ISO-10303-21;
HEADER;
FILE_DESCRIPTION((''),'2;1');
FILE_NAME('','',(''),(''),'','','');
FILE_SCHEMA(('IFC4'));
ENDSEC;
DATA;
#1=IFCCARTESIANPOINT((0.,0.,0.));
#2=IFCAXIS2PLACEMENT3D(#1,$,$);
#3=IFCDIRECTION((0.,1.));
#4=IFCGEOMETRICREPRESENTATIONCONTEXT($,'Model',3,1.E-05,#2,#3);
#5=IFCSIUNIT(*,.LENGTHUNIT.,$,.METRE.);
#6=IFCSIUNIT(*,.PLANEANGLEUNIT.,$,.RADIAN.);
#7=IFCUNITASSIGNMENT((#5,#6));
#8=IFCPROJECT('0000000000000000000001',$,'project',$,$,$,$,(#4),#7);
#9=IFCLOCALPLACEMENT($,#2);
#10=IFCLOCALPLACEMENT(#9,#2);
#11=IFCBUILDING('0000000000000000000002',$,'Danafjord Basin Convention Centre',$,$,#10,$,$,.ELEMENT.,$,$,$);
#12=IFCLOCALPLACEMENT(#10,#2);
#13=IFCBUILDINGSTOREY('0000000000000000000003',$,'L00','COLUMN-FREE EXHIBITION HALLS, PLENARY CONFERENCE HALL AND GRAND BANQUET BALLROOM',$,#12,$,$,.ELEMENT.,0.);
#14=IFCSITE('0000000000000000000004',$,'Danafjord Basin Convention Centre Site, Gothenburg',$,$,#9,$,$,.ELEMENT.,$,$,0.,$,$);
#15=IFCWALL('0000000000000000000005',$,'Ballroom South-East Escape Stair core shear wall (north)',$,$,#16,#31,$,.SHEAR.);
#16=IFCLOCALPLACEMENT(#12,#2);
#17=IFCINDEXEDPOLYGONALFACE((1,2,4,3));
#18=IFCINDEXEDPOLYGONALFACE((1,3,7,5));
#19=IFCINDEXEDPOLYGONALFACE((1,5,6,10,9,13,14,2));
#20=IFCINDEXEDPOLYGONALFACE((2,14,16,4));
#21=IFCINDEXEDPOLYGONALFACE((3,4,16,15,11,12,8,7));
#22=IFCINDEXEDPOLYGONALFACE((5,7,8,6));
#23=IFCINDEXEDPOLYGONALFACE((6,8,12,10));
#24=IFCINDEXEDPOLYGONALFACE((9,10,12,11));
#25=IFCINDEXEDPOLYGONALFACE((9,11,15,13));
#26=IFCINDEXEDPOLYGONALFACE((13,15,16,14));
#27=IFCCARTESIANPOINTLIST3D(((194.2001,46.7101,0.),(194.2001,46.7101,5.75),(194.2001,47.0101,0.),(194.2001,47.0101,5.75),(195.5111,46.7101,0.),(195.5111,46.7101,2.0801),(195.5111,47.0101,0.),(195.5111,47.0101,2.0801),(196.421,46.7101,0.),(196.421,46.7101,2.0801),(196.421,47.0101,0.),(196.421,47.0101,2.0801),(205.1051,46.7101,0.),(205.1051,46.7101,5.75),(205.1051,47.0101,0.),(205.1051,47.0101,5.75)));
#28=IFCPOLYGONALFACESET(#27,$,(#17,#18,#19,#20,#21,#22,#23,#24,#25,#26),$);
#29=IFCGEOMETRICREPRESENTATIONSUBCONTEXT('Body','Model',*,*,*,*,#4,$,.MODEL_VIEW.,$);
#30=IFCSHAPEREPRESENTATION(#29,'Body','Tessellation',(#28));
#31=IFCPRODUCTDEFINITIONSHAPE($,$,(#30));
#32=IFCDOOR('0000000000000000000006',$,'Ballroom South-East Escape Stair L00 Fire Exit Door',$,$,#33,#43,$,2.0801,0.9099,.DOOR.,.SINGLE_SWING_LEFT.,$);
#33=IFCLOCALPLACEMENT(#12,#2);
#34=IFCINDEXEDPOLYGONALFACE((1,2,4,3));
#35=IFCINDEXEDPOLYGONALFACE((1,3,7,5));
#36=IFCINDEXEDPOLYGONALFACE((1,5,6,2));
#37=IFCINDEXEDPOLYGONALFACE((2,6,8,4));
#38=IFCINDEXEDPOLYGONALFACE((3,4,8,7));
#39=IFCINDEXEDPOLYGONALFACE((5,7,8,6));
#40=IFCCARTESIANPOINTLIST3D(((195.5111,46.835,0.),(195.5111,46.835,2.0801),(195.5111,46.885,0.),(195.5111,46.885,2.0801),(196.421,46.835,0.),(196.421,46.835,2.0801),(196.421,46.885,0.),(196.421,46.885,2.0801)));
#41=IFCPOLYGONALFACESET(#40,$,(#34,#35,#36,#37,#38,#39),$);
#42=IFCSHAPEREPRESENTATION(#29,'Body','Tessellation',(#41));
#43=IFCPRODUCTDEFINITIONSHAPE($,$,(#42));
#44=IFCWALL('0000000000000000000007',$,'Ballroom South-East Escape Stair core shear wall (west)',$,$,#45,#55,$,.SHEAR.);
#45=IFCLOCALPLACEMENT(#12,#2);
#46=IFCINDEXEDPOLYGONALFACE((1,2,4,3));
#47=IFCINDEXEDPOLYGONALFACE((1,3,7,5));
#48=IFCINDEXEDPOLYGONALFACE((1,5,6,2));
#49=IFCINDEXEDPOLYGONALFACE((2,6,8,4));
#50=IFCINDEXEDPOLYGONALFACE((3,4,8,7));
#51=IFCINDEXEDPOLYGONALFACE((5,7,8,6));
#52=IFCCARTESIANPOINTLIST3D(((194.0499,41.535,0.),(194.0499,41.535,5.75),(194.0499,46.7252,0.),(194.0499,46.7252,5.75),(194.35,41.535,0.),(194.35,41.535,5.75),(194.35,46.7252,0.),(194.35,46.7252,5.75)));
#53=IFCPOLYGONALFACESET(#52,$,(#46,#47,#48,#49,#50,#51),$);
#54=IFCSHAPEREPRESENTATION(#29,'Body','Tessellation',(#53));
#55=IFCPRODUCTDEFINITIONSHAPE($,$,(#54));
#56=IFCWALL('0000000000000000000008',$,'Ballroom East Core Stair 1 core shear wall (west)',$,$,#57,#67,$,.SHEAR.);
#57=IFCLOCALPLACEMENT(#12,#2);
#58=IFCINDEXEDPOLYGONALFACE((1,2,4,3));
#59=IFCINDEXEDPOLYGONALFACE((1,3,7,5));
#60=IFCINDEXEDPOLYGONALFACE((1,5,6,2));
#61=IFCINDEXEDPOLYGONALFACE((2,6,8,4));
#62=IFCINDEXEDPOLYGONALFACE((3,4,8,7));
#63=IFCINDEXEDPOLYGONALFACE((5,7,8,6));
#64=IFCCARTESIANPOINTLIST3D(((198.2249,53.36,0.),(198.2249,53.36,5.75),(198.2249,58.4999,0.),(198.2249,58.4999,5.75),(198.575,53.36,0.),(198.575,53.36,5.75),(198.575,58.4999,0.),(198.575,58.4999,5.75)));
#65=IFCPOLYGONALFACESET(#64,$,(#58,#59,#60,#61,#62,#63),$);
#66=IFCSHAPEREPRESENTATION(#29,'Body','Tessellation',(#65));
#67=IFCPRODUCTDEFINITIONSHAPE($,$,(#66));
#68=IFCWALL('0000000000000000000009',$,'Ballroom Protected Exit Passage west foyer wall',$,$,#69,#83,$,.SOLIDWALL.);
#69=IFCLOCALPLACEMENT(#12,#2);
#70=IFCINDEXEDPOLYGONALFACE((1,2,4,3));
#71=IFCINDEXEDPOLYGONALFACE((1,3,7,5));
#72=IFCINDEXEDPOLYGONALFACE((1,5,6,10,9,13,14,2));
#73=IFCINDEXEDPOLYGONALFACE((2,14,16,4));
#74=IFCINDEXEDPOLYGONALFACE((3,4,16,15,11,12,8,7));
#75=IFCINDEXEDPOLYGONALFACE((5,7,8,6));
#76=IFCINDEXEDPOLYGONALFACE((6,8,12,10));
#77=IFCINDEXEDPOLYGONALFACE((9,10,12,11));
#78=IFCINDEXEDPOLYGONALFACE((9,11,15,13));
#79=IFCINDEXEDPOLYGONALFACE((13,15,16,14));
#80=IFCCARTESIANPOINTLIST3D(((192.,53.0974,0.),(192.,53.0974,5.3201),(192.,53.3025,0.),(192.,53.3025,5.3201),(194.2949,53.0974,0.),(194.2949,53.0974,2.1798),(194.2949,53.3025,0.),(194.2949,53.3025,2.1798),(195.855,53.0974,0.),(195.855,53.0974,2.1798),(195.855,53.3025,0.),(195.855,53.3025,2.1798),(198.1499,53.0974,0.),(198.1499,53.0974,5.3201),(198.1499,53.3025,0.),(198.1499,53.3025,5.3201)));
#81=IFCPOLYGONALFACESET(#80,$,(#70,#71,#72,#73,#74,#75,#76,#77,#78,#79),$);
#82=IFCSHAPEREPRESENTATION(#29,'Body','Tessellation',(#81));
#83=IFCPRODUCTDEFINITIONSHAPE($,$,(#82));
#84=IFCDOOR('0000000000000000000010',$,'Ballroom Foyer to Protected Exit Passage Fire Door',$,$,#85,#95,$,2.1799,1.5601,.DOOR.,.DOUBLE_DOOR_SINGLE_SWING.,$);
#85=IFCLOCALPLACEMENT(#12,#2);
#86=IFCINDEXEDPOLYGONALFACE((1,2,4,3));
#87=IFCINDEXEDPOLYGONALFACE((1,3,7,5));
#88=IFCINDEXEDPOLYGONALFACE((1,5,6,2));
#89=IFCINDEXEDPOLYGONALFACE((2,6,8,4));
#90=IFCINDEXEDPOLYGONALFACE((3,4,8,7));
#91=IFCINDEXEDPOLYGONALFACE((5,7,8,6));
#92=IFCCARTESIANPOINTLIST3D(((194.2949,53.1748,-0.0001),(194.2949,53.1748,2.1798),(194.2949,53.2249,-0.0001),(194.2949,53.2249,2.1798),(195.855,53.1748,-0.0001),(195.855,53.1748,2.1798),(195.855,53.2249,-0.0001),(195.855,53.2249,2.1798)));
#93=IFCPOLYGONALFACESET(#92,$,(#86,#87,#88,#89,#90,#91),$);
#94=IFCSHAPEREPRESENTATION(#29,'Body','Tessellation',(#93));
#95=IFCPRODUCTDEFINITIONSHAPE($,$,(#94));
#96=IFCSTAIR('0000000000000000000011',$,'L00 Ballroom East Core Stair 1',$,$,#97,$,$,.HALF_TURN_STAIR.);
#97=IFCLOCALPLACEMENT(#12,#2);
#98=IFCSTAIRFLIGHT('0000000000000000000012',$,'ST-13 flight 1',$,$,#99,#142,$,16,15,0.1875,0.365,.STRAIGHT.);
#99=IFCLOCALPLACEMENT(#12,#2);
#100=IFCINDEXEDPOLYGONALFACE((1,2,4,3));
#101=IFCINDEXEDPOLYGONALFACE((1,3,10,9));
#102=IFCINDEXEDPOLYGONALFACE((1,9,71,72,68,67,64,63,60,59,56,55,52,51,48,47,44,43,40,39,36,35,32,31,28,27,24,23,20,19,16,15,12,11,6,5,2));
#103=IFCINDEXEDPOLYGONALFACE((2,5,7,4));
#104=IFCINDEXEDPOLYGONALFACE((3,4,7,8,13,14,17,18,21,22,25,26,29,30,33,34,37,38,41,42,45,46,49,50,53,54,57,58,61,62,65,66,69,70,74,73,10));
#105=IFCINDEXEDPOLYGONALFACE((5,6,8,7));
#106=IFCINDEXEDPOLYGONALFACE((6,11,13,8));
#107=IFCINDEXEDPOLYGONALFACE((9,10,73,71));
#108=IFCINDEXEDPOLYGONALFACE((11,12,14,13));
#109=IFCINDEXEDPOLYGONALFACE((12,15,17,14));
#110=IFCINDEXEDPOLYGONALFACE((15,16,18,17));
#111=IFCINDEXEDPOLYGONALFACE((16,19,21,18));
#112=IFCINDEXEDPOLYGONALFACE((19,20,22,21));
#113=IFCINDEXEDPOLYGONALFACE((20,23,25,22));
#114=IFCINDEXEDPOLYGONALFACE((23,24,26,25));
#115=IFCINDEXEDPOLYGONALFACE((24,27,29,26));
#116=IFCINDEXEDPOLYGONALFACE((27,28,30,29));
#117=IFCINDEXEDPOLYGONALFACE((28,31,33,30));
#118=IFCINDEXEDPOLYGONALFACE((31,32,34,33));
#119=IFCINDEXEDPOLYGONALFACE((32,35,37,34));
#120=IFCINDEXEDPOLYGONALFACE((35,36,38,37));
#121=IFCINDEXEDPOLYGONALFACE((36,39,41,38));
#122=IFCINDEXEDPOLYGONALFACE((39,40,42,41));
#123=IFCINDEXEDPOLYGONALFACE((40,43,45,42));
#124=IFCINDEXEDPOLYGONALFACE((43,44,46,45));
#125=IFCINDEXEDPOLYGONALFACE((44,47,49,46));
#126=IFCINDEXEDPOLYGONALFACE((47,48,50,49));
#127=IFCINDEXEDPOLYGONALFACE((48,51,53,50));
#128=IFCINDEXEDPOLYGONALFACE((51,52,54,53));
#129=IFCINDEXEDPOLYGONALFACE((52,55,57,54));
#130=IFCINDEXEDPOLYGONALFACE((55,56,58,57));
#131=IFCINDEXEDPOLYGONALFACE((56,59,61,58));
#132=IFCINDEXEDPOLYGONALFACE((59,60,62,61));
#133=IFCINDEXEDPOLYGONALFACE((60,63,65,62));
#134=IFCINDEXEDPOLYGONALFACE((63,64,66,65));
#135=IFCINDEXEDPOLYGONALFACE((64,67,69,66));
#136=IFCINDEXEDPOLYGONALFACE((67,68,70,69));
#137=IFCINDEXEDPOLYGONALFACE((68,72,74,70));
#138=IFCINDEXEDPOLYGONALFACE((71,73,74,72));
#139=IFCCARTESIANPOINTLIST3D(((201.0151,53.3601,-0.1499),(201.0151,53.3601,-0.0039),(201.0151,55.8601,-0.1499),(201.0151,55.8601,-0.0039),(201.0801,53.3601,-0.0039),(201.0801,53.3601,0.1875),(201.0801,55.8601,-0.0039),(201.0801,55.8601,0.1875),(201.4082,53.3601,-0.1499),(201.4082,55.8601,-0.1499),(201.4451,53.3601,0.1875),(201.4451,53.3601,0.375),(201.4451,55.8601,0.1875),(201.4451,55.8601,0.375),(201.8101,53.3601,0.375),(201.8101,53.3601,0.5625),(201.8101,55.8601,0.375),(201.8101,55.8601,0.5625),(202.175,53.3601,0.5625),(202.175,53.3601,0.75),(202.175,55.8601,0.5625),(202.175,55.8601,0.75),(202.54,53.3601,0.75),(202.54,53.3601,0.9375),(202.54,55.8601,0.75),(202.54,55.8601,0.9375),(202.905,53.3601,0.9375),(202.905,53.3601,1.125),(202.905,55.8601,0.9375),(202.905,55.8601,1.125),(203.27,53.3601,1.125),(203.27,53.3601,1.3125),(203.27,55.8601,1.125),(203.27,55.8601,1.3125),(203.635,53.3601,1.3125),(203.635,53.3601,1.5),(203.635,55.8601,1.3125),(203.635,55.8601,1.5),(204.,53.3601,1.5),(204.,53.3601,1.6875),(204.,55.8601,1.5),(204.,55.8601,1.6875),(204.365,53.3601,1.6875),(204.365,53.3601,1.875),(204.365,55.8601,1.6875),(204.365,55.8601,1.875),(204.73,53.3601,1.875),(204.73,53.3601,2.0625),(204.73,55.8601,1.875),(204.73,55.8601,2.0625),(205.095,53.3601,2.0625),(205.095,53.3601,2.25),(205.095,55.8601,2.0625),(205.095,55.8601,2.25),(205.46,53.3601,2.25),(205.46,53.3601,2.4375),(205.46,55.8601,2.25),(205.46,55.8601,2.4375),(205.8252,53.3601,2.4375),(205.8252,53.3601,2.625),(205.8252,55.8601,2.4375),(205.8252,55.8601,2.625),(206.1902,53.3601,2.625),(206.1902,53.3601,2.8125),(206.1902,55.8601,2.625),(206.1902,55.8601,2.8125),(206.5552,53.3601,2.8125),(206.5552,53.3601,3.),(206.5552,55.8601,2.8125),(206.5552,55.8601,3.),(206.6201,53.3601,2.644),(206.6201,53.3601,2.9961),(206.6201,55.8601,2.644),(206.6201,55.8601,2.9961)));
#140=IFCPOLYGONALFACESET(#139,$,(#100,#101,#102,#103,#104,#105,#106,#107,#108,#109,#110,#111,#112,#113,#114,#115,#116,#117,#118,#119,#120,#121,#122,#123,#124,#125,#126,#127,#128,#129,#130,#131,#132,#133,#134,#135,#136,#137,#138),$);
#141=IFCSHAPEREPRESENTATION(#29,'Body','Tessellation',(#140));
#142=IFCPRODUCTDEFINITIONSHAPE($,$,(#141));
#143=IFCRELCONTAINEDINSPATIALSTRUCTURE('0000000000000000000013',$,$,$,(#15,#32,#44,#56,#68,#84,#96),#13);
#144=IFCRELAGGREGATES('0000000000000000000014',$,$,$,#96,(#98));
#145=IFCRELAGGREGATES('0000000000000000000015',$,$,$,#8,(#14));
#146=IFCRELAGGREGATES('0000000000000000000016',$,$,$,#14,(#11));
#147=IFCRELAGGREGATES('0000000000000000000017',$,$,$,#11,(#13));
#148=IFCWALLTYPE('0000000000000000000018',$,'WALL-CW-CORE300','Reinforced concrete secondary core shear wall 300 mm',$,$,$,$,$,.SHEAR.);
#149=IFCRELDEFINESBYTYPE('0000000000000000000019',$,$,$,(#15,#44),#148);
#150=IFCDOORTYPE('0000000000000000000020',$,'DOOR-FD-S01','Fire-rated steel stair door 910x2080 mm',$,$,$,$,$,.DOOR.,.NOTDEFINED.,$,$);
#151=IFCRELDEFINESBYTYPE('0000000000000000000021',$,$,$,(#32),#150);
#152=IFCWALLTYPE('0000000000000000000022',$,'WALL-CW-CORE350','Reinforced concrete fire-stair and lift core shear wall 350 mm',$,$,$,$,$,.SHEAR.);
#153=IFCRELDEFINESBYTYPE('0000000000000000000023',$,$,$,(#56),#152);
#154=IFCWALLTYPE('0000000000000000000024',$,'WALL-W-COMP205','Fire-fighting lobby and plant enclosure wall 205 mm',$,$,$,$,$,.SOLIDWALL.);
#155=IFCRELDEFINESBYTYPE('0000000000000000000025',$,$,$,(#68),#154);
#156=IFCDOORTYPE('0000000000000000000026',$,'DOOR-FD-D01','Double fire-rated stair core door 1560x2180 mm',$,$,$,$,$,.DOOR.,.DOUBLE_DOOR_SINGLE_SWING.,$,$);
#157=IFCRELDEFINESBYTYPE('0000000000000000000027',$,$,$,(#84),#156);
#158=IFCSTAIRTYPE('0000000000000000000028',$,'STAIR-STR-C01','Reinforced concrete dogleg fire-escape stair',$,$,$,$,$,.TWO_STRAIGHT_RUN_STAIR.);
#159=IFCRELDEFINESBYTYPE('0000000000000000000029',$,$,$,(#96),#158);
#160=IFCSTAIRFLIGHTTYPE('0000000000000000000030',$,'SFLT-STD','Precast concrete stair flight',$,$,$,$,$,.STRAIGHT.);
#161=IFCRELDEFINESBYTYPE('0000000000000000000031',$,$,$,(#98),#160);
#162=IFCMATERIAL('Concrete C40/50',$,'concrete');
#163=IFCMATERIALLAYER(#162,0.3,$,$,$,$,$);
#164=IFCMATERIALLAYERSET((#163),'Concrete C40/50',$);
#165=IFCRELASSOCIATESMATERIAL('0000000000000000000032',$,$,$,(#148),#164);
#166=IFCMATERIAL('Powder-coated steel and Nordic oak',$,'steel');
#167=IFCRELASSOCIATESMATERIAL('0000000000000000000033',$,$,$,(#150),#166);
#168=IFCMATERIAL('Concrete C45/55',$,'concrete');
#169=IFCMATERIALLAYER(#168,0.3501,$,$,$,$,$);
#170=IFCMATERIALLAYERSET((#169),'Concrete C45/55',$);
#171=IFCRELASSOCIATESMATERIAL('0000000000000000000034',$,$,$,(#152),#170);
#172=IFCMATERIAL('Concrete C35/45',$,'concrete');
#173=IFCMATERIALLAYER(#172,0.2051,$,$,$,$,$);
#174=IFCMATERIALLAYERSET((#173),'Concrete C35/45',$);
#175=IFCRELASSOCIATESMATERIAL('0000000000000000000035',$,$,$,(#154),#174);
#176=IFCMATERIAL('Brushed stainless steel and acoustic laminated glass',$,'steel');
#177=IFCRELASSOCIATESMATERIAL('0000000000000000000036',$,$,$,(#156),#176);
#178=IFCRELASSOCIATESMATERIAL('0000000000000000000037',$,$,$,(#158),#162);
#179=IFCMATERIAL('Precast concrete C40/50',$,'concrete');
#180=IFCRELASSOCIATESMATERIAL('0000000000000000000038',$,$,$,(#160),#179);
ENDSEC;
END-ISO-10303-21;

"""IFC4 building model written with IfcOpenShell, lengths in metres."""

from ifc_helpers import new_model, si_unit, direction, frame, frame_2d, origin, place, context, subcontext, project, spatial, polyline, rectangle, outline, extrude, material, layer, layer_set, type_object, element, fill, aggregate, save


model = new_model("IFC4")

# Units and contexts
model_context = context("Model", 3, precision=1e-05, world=origin(), true_north=direction((0.0, 1.0)))
body_context = subcontext(model_context, "Body", "Model", "MODEL_VIEW")
ifc_project = project(units=[si_unit("LENGTHUNIT", "METRE"), si_unit("PLANEANGLEUNIT", "RADIAN")], contexts=[model_context])

# Site, building, storey
site_placement = place(None, origin())
site = spatial("IfcSite", under=ifc_project, at=site_placement, Name="Danafjord Basin Convention Centre Site, Gothenburg", CompositionType="ELEMENT", RefElevation=0.0)
building_placement = place(site_placement, origin())
building = spatial("IfcBuilding", under=site, at=building_placement, Name="Danafjord Basin Convention Centre", CompositionType="ELEMENT")
storey_placement = place(building_placement, origin())
storey = spatial("IfcBuildingStorey", under=building, at=storey_placement, Name="L00", Description="COLUMN-FREE EXHIBITION HALLS, PLENARY CONFERENCE HALL AND GRAND BANQUET BALLROOM", CompositionType="ELEMENT", Elevation=0.0)

# Wall, opening, door
ifc_material_1 = material(Name="Concrete C40/50", Category="concrete")
ifc_layer_1 = layer(ifc_material_1, 0.3)
ifc_layer_set_1 = layer_set([ifc_layer_1], Name="Concrete C40/50")
wall_type_1 = type_object("IfcWallType", Name="WALL-CW-CORE300", Description="Reinforced concrete secondary core shear wall 300 mm", PredefinedType="SHEAR", material=ifc_layer_set_1)
wall_1_placement = place(storey_placement, frame((194.2, 46.8601, 0.0), z_axis=(0.0, 0.0, 1.0), x_axis=(1.0, 0.0, 0.0)))
wall_1 = element("IfcWall", 1, at=wall_1_placement, inside=storey, type_object=wall_type_1, Name="Ballroom South-East Escape Stair core shear wall (north)", PredefinedType="SHEAR", context=body_context, shape_type="SweptSolid", body=[
    extrude(rectangle(XDim=10.905, YDim=0.3, at=frame_2d((5.4526, 0.0))), origin(), (0.0, 0.0, 1.0), 5.75),
])
opening_1_placement = place(wall_1_placement, frame((1.311, 0.0, 0.0)))
opening_1 = element("IfcOpeningElement", 2, at=opening_1_placement, cuts=wall_1, PredefinedType="OPENING", context=body_context, shape_type="SweptSolid", body=[
    extrude(rectangle(XDim=0.9099, YDim=2.0801, at=frame_2d((0.4551, 1.04))), frame((0.0, 0.1599, 0.0), z_axis=(0.0, -1.0, 0.0), x_axis=(1.0, 0.0, 0.0)), (0.0, 0.0, 1.0), 0.3201),
])
ifc_material_2 = material(Name="Powder-coated steel and Nordic oak", Category="steel")
door_type_1 = type_object("IfcDoorType", Name="DOOR-FD-S01", Description="Fire-rated steel stair door 910x2080 mm", OperationType="NOTDEFINED", PredefinedType="DOOR", material=ifc_material_2)
door_1_placement = place(opening_1_placement, origin())
door_1 = element("IfcDoor", 3, at=door_1_placement, inside=storey, type_object=door_type_1, Name="Ballroom South-East Escape Stair L00 Fire Exit Door", OperationType="SINGLE_SWING_LEFT", OverallHeight=2.0801, OverallWidth=0.9099, PredefinedType="DOOR", context=body_context, shape_type="SweptSolid", body=[
    extrude(rectangle(XDim=0.9099, YDim=2.0801, at=frame_2d((0.4551, 1.04))), frame((0.0, 0.0249, 0.0), z_axis=(0.0, -1.0, 0.0), x_axis=(1.0, 0.0, 0.0)), (0.0, 0.0, 1.0), 0.05),
])
fill(opening_1, door_1)

# Walls
wall_2_placement = place(storey_placement, frame((194.2, 41.5349, 0.0), z_axis=(0.0, 0.0, 1.0), x_axis=(0.0, 1.0, 0.0)))
element("IfcWall", 4, at=wall_2_placement, inside=storey, type_object=wall_type_1, Name="Ballroom South-East Escape Stair core shear wall (west)", PredefinedType="SHEAR", context=body_context, shape_type="SweptSolid", body=[
    extrude(rectangle(XDim=5.1902, YDim=0.3, at=frame_2d((2.5952, 0.0))), origin(), (0.0, 0.0, 1.0), 5.75),
])
ifc_material_3 = material(Name="Concrete C45/55", Category="concrete")
ifc_layer_2 = layer(ifc_material_3, 0.3501)
ifc_layer_set_2 = layer_set([ifc_layer_2], Name="Concrete C45/55")
wall_type_2 = type_object("IfcWallType", Name="WALL-CW-CORE350", Description="Reinforced concrete fire-stair and lift core shear wall 350 mm", PredefinedType="SHEAR", material=ifc_layer_set_2)
wall_3_placement = place(storey_placement, frame((198.3999, 53.3601, 0.0), z_axis=(0.0, 0.0, 1.0), x_axis=(0.0, 1.0, 0.0)))
element("IfcWall", 5, at=wall_3_placement, inside=storey, type_object=wall_type_2, Name="Ballroom East Core Stair 1 core shear wall (west)", PredefinedType="SHEAR", context=body_context, shape_type="SweptSolid", body=[
    extrude(rectangle(XDim=5.1399, YDim=0.3501, at=frame_2d((2.5698, 0.0))), origin(), (0.0, 0.0, 1.0), 5.75),
])

# Wall, opening, door
ifc_material_4 = material(Name="Concrete C35/45", Category="concrete")
ifc_layer_3 = layer(ifc_material_4, 0.2051)
ifc_layer_set_3 = layer_set([ifc_layer_3], Name="Concrete C35/45")
wall_type_3 = type_object("IfcWallType", Name="WALL-W-COMP205", Description="Fire-fighting lobby and plant enclosure wall 205 mm", PredefinedType="SOLIDWALL", material=ifc_layer_set_3)
wall_4_placement = place(storey_placement, frame((192.0, 53.2, 0.0), z_axis=(0.0, 0.0, 1.0), x_axis=(1.0, 0.0, 0.0)))
wall_4 = element("IfcWall", 6, at=wall_4_placement, inside=storey, type_object=wall_type_3, Name="Ballroom Protected Exit Passage west foyer wall", PredefinedType="SOLIDWALL", context=body_context, shape_type="SweptSolid", body=[
    extrude(rectangle(XDim=6.1499, YDim=0.2051, at=frame_2d((3.075, 0.0))), origin(), (0.0, 0.0, 1.0), 5.3201),
])
opening_2_placement = place(wall_4_placement, frame((2.2949, 0.0, 0.0)))
opening_2 = element("IfcOpeningElement", 7, at=opening_2_placement, cuts=wall_4, PredefinedType="OPENING", context=body_context, shape_type="SweptSolid", body=[
    extrude(rectangle(XDim=1.5601, YDim=2.1799, at=frame_2d((0.78, 1.0898))), frame((0.0, 0.1125, 0.0), z_axis=(0.0, -1.0, 0.0), x_axis=(1.0, 0.0, 0.0)), (0.0, 0.0, 1.0), 0.2251),
])
ifc_material_5 = material(Name="Brushed stainless steel and acoustic laminated glass", Category="steel")
door_type_2 = type_object("IfcDoorType", Name="DOOR-FD-D01", Description="Double fire-rated stair core door 1560x2180 mm", OperationType="DOUBLE_DOOR_SINGLE_SWING", PredefinedType="DOOR", material=ifc_material_5)
door_2_placement = place(opening_2_placement, origin())
door_2 = element("IfcDoor", 8, at=door_2_placement, inside=storey, type_object=door_type_2, Name="Ballroom Foyer to Protected Exit Passage Fire Door", OperationType="DOUBLE_DOOR_SINGLE_SWING", OverallHeight=2.1799, OverallWidth=1.5601, PredefinedType="DOOR", context=body_context, shape_type="SweptSolid", body=[
    extrude(rectangle(XDim=1.5601, YDim=2.1799, at=frame_2d((0.78, 1.0898))), frame((0.0, 0.0249, 0.0), z_axis=(0.0, -1.0, 0.0), x_axis=(1.0, 0.0, 0.0)), (0.0, 0.0, 1.0), 0.05),
])
fill(opening_2, door_2)

# Stair, stair flight
stair_type = type_object("IfcStairType", Name="STAIR-STR-C01", Description="Reinforced concrete dogleg fire-escape stair", PredefinedType="TWO_STRAIGHT_RUN_STAIR", material=ifc_material_1)
stair_1_placement = place(storey_placement, origin())
stair_1 = element("IfcStair", 9, at=stair_1_placement, inside=storey, type_object=stair_type, Name="L00 Ballroom East Core Stair 1", PredefinedType="HALF_TURN_STAIR")
ifc_material_6 = material(Name="Precast concrete C40/50", Category="concrete")
stair_flight_type = type_object("IfcStairFlightType", Name="SFLT-STD", Description="Precast concrete stair flight", PredefinedType="STRAIGHT", material=ifc_material_6)
stair_flight_1_placement = place(storey_placement, frame((201.0801, 54.6101, 0.0), z_axis=(0.0, 0.0, 1.0), x_axis=(1.0, 0.0, 0.0)))
stair_flight_1 = element("IfcStairFlight", 10, at=stair_flight_1_placement, type_object=stair_flight_type, Name="ST-13 flight 1", NumberOfRisers=16, NumberOfTreads=15, PredefinedType="STRAIGHT", RiserHeight=0.1875, TreadLength=0.365, context=body_context, shape_type="SweptSolid", body=[
    extrude(outline(polyline([(-0.0649, -0.1499), (-0.0649, -0.0039), (0.0, -0.0039), (0.0, 0.1875), (0.365, 0.1875), (0.365, 0.375), (0.73, 0.375), (0.73, 0.5625), (1.095, 0.5625), (1.095, 0.75), (1.46, 0.75), (1.46, 0.9375), (1.825, 0.9375), (1.825, 1.125), (2.1899, 1.125), (2.1899, 1.3125), (2.5549, 1.3125), (2.5549, 1.5), (2.9199, 1.5), (2.9199, 1.6875), (3.2849, 1.6875), (3.2849, 1.875), (3.6499, 1.875), (3.6499, 2.0625), (4.0149, 2.0625), (4.0149, 2.25), (4.3799, 2.25), (4.3799, 2.4375), (4.7451, 2.4375), (4.7451, 2.625), (5.1101, 2.625), (5.1101, 2.8125), (5.4751, 2.8125), (5.4751, 3.0), (5.54, 2.9961), (5.54, 2.644), (0.3281, -0.1499), (-0.0649, -0.1499)])), frame((0.0, 1.25, 0.0), z_axis=(0.0, -1.0, 0.0), x_axis=(1.0, 0.0, 0.0)), (0.0, 0.0, 1.0), 2.5),
])
aggregate(stair_1, [stair_flight_1])

save(model, "model.ifc")
